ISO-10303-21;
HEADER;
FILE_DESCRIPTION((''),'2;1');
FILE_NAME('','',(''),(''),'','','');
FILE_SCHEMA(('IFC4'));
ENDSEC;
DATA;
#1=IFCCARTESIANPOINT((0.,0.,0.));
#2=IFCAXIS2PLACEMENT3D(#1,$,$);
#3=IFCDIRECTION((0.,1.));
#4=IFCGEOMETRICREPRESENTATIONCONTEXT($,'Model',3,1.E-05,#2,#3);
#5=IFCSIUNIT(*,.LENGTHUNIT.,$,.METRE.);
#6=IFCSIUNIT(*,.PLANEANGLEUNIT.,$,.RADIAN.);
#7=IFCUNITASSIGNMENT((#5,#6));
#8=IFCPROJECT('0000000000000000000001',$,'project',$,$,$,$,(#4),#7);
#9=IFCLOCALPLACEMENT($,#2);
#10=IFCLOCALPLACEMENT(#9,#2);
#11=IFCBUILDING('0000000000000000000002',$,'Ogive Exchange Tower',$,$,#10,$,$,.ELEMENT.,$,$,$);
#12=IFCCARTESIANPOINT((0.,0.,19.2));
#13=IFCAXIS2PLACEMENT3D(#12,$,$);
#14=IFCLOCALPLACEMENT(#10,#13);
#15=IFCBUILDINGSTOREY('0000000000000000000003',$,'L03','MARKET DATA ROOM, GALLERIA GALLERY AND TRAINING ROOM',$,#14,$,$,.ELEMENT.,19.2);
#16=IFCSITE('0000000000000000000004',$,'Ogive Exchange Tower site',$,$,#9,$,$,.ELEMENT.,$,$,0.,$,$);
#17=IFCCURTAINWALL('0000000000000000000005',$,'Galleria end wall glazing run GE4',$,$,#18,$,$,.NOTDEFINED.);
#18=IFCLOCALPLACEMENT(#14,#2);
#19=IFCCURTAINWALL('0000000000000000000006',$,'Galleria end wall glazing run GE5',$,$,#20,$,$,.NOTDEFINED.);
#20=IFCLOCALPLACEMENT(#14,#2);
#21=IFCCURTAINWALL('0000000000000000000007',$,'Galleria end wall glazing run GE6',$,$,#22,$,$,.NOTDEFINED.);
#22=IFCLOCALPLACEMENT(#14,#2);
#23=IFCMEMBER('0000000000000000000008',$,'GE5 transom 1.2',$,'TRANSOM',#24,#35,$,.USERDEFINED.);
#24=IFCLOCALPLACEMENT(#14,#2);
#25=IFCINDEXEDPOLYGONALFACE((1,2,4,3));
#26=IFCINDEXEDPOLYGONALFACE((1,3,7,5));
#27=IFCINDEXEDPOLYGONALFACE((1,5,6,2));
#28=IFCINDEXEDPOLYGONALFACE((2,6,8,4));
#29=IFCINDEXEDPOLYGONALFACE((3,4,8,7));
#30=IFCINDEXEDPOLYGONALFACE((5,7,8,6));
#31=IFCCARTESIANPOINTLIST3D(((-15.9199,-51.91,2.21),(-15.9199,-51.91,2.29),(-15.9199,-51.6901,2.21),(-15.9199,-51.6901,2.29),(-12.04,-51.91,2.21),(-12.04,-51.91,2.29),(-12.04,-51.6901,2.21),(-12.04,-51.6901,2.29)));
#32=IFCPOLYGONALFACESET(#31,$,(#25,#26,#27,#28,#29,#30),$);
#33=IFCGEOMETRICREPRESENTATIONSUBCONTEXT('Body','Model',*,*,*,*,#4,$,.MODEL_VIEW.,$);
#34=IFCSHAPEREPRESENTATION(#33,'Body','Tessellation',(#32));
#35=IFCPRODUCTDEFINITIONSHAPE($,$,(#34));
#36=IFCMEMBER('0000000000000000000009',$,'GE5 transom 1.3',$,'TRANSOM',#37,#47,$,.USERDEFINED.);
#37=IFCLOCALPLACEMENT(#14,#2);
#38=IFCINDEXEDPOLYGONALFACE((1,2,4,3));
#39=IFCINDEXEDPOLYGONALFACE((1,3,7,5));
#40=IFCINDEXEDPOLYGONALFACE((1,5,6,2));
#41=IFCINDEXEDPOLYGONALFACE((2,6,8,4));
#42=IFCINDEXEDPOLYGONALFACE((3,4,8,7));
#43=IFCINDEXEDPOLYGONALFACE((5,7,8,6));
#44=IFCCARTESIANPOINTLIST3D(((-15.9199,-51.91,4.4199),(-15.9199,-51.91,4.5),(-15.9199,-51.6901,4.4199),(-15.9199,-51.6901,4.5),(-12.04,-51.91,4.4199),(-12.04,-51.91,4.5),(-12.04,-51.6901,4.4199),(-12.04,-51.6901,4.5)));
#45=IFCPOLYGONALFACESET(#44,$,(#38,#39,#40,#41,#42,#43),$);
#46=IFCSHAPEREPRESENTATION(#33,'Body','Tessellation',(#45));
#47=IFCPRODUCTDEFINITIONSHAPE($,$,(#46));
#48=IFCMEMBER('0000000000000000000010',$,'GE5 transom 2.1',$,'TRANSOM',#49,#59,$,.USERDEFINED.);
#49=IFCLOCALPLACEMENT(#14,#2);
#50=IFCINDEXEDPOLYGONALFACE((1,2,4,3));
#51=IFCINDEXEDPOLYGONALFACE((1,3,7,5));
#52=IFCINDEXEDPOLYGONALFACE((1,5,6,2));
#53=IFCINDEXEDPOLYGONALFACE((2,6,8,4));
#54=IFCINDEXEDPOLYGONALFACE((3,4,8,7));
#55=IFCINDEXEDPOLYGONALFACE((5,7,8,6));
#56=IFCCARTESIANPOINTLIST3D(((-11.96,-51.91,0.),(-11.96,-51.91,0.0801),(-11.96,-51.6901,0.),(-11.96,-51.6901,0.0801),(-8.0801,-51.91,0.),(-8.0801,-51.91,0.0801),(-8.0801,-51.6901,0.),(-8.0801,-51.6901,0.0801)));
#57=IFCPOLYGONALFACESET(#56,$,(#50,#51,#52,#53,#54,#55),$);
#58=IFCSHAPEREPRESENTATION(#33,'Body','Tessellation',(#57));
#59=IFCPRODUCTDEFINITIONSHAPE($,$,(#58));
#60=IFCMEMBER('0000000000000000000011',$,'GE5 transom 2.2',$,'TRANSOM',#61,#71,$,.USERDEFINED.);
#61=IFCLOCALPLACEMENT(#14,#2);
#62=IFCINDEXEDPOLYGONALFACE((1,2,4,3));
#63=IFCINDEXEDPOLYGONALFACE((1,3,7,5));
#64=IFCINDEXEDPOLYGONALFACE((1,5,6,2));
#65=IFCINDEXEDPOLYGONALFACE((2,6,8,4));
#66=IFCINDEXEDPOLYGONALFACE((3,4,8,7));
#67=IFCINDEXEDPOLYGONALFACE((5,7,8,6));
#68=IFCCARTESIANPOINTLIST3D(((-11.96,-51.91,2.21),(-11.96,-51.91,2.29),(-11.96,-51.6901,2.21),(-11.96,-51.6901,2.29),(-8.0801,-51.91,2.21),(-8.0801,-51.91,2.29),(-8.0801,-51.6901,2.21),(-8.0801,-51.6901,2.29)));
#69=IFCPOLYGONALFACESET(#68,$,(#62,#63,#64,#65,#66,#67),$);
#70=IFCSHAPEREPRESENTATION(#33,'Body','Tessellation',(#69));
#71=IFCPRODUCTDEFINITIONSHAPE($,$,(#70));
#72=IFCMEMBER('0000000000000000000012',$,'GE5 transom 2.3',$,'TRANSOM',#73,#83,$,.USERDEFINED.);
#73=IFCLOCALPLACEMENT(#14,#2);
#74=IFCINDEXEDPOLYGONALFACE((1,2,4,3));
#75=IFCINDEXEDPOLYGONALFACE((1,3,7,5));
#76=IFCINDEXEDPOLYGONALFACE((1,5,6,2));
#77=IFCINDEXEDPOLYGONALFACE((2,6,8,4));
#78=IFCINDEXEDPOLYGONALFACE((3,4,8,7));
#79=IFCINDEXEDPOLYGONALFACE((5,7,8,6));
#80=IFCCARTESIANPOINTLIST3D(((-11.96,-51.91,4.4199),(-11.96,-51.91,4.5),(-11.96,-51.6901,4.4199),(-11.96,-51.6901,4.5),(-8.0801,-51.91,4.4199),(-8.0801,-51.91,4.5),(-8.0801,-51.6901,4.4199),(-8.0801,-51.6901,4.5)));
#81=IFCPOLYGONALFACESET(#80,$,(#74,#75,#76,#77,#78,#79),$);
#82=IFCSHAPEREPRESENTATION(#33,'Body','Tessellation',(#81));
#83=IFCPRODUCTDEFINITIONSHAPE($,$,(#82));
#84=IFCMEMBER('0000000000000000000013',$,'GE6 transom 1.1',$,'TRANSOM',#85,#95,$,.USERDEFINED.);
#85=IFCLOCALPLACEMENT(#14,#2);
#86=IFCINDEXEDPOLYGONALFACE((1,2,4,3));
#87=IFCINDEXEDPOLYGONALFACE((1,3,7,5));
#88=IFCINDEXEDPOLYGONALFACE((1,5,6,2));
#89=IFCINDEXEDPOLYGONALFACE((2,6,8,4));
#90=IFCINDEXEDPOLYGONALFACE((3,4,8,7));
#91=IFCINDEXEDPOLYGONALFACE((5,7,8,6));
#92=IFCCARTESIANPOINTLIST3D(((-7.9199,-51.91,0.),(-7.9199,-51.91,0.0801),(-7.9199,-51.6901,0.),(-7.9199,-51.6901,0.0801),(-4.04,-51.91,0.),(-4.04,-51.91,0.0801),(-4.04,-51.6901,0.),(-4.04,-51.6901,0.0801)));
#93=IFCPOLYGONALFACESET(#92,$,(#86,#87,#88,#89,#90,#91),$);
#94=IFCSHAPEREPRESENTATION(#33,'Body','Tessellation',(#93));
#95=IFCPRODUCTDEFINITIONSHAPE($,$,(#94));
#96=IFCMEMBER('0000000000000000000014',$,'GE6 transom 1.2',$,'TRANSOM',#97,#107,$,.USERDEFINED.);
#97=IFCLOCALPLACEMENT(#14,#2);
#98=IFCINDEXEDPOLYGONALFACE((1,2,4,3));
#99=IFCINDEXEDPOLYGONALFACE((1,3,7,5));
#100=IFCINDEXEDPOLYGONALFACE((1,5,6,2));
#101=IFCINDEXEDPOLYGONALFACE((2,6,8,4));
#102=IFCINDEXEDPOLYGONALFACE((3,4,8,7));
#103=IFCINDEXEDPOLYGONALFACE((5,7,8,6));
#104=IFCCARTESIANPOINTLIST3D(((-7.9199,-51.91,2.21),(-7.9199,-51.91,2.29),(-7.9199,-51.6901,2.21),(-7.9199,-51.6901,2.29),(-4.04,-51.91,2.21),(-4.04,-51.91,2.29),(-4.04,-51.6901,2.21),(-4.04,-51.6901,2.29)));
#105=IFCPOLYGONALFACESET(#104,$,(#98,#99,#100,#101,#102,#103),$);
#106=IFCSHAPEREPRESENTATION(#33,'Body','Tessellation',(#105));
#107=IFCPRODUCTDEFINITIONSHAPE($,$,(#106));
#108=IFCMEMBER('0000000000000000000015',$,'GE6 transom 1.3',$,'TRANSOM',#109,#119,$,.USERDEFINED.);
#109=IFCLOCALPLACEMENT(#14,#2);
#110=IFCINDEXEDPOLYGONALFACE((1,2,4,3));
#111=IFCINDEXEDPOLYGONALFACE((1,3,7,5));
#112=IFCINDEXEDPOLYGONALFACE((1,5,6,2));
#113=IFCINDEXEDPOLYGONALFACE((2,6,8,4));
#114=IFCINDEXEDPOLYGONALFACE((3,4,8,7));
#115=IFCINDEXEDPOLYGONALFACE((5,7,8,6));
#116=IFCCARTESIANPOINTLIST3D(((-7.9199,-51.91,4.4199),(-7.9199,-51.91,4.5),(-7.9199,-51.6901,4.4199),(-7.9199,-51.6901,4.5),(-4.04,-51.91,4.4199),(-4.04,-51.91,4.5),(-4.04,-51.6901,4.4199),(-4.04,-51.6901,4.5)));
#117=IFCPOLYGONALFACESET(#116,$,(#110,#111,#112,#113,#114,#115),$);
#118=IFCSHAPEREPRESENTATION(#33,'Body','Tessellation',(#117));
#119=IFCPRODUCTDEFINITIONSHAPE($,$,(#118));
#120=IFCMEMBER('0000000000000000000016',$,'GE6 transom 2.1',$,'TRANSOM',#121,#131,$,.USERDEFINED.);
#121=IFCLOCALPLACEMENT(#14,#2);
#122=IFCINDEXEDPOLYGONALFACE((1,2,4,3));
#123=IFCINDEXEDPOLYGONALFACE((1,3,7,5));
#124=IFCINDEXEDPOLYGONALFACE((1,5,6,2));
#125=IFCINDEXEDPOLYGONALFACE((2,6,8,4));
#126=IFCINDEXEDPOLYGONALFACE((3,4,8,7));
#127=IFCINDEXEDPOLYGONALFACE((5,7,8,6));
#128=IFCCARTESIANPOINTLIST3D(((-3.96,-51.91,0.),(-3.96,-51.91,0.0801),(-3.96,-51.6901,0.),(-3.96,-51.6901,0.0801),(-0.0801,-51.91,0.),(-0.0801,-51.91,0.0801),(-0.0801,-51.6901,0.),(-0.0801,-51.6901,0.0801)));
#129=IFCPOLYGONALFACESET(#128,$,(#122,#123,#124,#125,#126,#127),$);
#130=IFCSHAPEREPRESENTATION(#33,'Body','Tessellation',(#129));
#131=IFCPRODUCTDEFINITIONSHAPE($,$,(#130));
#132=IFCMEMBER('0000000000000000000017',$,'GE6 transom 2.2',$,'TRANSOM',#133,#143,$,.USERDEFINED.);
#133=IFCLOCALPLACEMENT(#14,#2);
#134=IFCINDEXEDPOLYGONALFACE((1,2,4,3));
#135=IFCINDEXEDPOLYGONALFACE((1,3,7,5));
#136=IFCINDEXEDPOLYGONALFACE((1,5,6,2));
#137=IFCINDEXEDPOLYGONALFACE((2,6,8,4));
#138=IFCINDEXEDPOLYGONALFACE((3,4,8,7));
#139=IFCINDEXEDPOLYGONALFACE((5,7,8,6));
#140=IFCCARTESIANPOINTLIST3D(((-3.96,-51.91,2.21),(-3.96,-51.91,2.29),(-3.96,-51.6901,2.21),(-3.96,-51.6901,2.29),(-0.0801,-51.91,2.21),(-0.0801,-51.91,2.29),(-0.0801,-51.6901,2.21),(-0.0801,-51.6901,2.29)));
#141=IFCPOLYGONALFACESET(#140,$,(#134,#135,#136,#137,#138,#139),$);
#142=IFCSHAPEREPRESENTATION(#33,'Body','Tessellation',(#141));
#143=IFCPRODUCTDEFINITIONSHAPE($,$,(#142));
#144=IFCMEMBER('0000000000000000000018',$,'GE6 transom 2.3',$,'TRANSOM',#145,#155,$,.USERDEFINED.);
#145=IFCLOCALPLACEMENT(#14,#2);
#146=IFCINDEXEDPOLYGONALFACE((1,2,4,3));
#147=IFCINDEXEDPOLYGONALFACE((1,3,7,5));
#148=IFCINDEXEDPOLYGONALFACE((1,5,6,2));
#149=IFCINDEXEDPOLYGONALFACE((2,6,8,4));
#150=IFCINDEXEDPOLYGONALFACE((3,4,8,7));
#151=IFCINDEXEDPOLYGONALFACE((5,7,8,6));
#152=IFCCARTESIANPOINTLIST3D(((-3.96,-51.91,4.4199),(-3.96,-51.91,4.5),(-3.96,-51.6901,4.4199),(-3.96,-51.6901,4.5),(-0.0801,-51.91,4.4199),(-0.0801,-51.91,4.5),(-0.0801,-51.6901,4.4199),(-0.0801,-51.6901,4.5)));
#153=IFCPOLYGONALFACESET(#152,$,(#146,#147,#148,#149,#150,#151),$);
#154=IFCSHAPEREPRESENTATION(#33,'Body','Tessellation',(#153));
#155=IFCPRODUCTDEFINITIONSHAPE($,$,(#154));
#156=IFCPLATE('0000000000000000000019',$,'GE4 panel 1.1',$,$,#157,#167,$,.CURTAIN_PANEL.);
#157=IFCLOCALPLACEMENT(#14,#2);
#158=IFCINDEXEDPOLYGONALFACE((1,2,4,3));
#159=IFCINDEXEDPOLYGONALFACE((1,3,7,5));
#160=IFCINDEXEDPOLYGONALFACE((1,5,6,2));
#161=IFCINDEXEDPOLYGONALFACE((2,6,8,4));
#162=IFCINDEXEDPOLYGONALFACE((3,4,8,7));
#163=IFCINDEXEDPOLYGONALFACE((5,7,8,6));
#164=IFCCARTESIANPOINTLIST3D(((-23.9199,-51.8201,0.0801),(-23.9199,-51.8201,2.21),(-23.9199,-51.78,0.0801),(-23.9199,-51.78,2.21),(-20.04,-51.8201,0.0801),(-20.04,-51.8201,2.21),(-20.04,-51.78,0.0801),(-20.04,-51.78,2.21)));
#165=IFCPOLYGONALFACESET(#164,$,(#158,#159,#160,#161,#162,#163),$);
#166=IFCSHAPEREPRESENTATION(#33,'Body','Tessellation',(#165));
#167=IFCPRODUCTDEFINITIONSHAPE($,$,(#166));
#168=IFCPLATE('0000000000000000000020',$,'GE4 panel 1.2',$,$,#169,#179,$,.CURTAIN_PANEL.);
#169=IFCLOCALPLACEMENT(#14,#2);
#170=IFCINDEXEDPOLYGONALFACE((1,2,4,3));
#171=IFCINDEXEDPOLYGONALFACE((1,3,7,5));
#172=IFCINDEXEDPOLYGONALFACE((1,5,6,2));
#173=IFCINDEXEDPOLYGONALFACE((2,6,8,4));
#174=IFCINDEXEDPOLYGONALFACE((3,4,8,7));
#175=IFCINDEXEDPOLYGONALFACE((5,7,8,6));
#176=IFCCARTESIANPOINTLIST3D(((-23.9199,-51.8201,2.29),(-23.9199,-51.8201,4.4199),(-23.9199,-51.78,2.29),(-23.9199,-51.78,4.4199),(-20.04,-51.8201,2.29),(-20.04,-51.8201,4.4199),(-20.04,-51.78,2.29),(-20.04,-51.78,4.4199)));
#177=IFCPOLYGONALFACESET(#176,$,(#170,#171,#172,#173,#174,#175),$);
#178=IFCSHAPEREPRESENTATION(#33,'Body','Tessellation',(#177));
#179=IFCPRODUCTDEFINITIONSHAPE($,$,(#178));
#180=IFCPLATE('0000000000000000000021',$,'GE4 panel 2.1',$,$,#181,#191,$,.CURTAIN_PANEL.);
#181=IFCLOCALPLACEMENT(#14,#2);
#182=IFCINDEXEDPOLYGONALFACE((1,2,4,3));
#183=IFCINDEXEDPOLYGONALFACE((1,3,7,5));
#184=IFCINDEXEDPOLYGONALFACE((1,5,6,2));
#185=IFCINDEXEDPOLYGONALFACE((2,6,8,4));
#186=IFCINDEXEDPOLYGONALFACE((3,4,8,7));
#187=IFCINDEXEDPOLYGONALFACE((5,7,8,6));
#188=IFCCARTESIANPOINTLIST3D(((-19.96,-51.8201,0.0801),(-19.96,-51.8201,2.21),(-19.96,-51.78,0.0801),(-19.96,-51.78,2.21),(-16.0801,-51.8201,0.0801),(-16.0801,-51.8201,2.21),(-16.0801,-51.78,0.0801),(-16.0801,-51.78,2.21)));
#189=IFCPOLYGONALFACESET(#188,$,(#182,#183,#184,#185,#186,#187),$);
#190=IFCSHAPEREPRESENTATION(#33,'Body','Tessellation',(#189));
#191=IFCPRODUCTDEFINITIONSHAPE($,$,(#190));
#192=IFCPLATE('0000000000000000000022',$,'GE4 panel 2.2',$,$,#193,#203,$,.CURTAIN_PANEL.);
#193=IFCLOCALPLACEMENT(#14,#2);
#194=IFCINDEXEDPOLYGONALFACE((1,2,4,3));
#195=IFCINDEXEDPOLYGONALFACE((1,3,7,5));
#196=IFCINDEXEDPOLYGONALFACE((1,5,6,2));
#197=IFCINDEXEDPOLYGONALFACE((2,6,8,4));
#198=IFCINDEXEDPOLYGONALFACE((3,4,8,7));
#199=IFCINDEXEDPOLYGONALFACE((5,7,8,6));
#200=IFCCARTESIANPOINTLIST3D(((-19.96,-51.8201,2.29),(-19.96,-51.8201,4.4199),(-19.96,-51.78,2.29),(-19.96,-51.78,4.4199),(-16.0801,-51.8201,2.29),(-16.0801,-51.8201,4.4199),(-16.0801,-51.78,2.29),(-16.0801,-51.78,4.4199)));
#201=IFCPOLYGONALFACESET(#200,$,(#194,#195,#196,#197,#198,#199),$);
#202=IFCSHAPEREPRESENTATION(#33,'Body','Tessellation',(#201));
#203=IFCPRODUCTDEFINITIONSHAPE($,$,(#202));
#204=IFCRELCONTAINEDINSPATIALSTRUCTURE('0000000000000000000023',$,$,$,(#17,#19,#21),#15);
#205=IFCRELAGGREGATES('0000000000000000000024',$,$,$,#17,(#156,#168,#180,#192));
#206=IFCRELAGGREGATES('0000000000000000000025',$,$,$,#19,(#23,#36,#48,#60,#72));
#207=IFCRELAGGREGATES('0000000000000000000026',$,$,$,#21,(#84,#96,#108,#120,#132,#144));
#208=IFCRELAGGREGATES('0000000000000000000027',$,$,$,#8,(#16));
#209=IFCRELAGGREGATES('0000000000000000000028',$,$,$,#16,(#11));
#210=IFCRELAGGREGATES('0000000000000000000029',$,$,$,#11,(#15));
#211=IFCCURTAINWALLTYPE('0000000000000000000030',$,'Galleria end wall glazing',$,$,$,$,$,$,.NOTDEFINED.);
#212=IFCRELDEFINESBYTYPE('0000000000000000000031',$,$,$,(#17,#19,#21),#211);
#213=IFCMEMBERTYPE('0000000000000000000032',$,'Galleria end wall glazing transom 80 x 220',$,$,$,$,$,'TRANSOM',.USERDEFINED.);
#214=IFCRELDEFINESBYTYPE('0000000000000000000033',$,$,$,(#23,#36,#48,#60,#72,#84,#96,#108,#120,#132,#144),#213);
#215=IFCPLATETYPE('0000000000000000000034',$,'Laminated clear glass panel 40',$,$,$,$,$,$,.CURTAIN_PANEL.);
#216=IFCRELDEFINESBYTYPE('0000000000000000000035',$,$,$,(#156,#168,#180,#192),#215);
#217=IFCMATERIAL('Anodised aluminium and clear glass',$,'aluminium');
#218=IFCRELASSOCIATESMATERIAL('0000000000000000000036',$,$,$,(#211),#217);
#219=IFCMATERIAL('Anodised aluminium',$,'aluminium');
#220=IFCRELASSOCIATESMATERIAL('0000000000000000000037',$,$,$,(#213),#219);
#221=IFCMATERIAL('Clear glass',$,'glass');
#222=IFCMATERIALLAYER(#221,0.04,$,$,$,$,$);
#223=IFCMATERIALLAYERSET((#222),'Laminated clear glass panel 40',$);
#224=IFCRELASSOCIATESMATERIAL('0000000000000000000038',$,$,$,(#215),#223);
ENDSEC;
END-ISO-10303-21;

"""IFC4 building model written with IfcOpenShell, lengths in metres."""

from ifc_helpers import new_model, si_unit, direction, frame, origin, origin_2d, place, context, subcontext, project, spatial, rectangle, extrude, material, layer, layer_set, material_profile, profile_set, type_object, element, aggregate, save


model = new_model("IFC4")

# Units and contexts
model_context = context("Model", 3, precision=1e-05, world=origin(), true_north=direction((0.0, 1.0)))
body_context = subcontext(model_context, "Body", "Model", "MODEL_VIEW")
ifc_project = project(units=[si_unit("LENGTHUNIT", "METRE"), si_unit("PLANEANGLEUNIT", "RADIAN")], contexts=[model_context])

# Site, building, storey
site_placement = place(None, origin())
site = spatial("IfcSite", under=ifc_project, at=site_placement, Name="Ogive Exchange Tower site", CompositionType="ELEMENT", RefElevation=0.0)
building_placement = place(site_placement, origin())
building = spatial("IfcBuilding", under=site, at=building_placement, Name="Ogive Exchange Tower", CompositionType="ELEMENT")
storey_placement = place(building_placement, frame((0.0, 0.0, 19.2)))
storey = spatial("IfcBuildingStorey", under=building, at=storey_placement, Name="L03", Description="MARKET DATA ROOM, GALLERIA GALLERY AND TRAINING ROOM", CompositionType="ELEMENT", Elevation=19.2)

# Curtain walls
ifc_material_1 = material(Name="Anodised aluminium and clear glass", Category="aluminium")
curtain_wall_type = type_object("IfcCurtainWallType", Name="Galleria end wall glazing", PredefinedType="NOTDEFINED", material=ifc_material_1)
curtain_wall_1_placement = place(storey_placement, origin())
curtain_wall_1 = element("IfcCurtainWall", 1, at=curtain_wall_1_placement, inside=storey, type_object=curtain_wall_type, Name="Galleria end wall glazing run GE4", PredefinedType="NOTDEFINED")
ifc_material_2 = material(Name="Anodised aluminium", Category="aluminium")
curtain_wall_2_placement = place(storey_placement, origin())
curtain_wall_2 = element("IfcCurtainWall", 2, at=curtain_wall_2_placement, inside=storey, type_object=curtain_wall_type, Name="Galleria end wall glazing run GE5", PredefinedType="NOTDEFINED")
curtain_wall_3_placement = place(storey_placement, origin())
curtain_wall_3 = element("IfcCurtainWall", 3, at=curtain_wall_3_placement, inside=storey, type_object=curtain_wall_type, Name="Galleria end wall glazing run GE6", PredefinedType="NOTDEFINED")

# Members
ifc_material_profile_1 = material_profile(ifc_material_2, rectangle(XDim=0.22, YDim=0.0801, at=origin_2d()), Name="AL 80x220")
ifc_profile_set_1 = profile_set([ifc_material_profile_1], Name="Anodised aluminium")
member_type_1 = type_object("IfcMemberType", Name="Galleria end wall glazing transom 80 x 220", ElementType="TRANSOM", PredefinedType="USERDEFINED", material=ifc_profile_set_1)
member_1_placement = place(storey_placement, frame((-15.9199, -51.8, 2.25), z_axis=(1.0, 0.0, 0.0), x_axis=(0.0, 1.0, 0.0)))
member_1 = element("IfcMember", 4, at=member_1_placement, type_object=member_type_1, Name="GE5 transom 1.2", ObjectType="TRANSOM", PredefinedType="USERDEFINED", context=body_context, shape_type="SweptSolid", body=[
    extrude(rectangle(XDim=0.22, YDim=0.0801, at=origin_2d()), origin(), (0.0, 0.0, 1.0), 3.8799),
])
member_2_placement = place(storey_placement, frame((-15.9199, -51.8, 4.46), z_axis=(1.0, 0.0, 0.0), x_axis=(0.0, 1.0, 0.0)))
member_2 = element("IfcMember", 5, at=member_2_placement, type_object=member_type_1, Name="GE5 transom 1.3", ObjectType="TRANSOM", PredefinedType="USERDEFINED", context=body_context, shape_type="SweptSolid", body=[
    extrude(rectangle(XDim=0.22, YDim=0.0801, at=origin_2d()), origin(), (0.0, 0.0, 1.0), 3.8799),
])
member_3_placement = place(storey_placement, frame((-11.96, -51.8, 0.04), z_axis=(1.0, 0.0, 0.0), x_axis=(0.0, 1.0, 0.0)))
member_3 = element("IfcMember", 6, at=member_3_placement, type_object=member_type_1, Name="GE5 transom 2.1", ObjectType="TRANSOM", PredefinedType="USERDEFINED", context=body_context, shape_type="SweptSolid", body=[
    extrude(rectangle(XDim=0.22, YDim=0.0801, at=origin_2d()), origin(), (0.0, 0.0, 1.0), 3.8799),
])
member_4_placement = place(storey_placement, frame((-11.96, -51.8, 2.25), z_axis=(1.0, 0.0, 0.0), x_axis=(0.0, 1.0, 0.0)))
member_4 = element("IfcMember", 7, at=member_4_placement, type_object=member_type_1, Name="GE5 transom 2.2", ObjectType="TRANSOM", PredefinedType="USERDEFINED", context=body_context, shape_type="SweptSolid", body=[
    extrude(rectangle(XDim=0.22, YDim=0.0801, at=origin_2d()), origin(), (0.0, 0.0, 1.0), 3.8799),
])
member_5_placement = place(storey_placement, frame((-11.96, -51.8, 4.46), z_axis=(1.0, 0.0, 0.0), x_axis=(0.0, 1.0, 0.0)))
member_5 = element("IfcMember", 8, at=member_5_placement, type_object=member_type_1, Name="GE5 transom 2.3", ObjectType="TRANSOM", PredefinedType="USERDEFINED", context=body_context, shape_type="SweptSolid", body=[
    extrude(rectangle(XDim=0.22, YDim=0.0801, at=origin_2d()), origin(), (0.0, 0.0, 1.0), 3.8799),
])
member_6_placement = place(storey_placement, frame((-7.9199, -51.8, 0.04), z_axis=(1.0, 0.0, 0.0), x_axis=(0.0, 1.0, 0.0)))
member_6 = element("IfcMember", 9, at=member_6_placement, type_object=member_type_1, Name="GE6 transom 1.1", ObjectType="TRANSOM", PredefinedType="USERDEFINED", context=body_context, shape_type="SweptSolid", body=[
    extrude(rectangle(XDim=0.22, YDim=0.0801, at=origin_2d()), origin(), (0.0, 0.0, 1.0), 3.8799),
])
member_7_placement = place(storey_placement, frame((-7.9199, -51.8, 2.25), z_axis=(1.0, 0.0, 0.0), x_axis=(0.0, 1.0, 0.0)))
member_7 = element("IfcMember", 10, at=member_7_placement, type_object=member_type_1, Name="GE6 transom 1.2", ObjectType="TRANSOM", PredefinedType="USERDEFINED", context=body_context, shape_type="SweptSolid", body=[
    extrude(rectangle(XDim=0.22, YDim=0.0801, at=origin_2d()), origin(), (0.0, 0.0, 1.0), 3.8799),
])
member_8_placement = place(storey_placement, frame((-7.9199, -51.8, 4.46), z_axis=(1.0, 0.0, 0.0), x_axis=(0.0, 1.0, 0.0)))
member_8 = element("IfcMember", 11, at=member_8_placement, type_object=member_type_1, Name="GE6 transom 1.3", ObjectType="TRANSOM", PredefinedType="USERDEFINED", context=body_context, shape_type="SweptSolid", body=[
    extrude(rectangle(XDim=0.22, YDim=0.0801, at=origin_2d()), origin(), (0.0, 0.0, 1.0), 3.8799),
])
member_9_placement = place(storey_placement, frame((-3.96, -51.8, 0.04), z_axis=(1.0, 0.0, 0.0), x_axis=(0.0, 1.0, 0.0)))
member_9 = element("IfcMember", 12, at=member_9_placement, type_object=member_type_1, Name="GE6 transom 2.1", ObjectType="TRANSOM", PredefinedType="USERDEFINED", context=body_context, shape_type="SweptSolid", body=[
    extrude(rectangle(XDim=0.22, YDim=0.0801, at=origin_2d()), origin(), (0.0, 0.0, 1.0), 3.8799),
])
member_10_placement = place(storey_placement, frame((-3.96, -51.8, 2.25), z_axis=(1.0, 0.0, 0.0), x_axis=(0.0, 1.0, 0.0)))
member_10 = element("IfcMember", 13, at=member_10_placement, type_object=member_type_1, Name="GE6 transom 2.2", ObjectType="TRANSOM", PredefinedType="USERDEFINED", context=body_context, shape_type="SweptSolid", body=[
    extrude(rectangle(XDim=0.22, YDim=0.0801, at=origin_2d()), origin(), (0.0, 0.0, 1.0), 3.8799),
])
member_11_placement = place(storey_placement, frame((-3.96, -51.8, 4.46), z_axis=(1.0, 0.0, 0.0), x_axis=(0.0, 1.0, 0.0)))
member_11 = element("IfcMember", 14, at=member_11_placement, type_object=member_type_1, Name="GE6 transom 2.3", ObjectType="TRANSOM", PredefinedType="USERDEFINED", context=body_context, shape_type="SweptSolid", body=[
    extrude(rectangle(XDim=0.22, YDim=0.0801, at=origin_2d()), origin(), (0.0, 0.0, 1.0), 3.8799),
])

# Plates
ifc_material_3 = material(Name="Clear glass", Category="glass")
ifc_layer = layer(ifc_material_3, 0.04)
ifc_layer_set = layer_set([ifc_layer], Name="Laminated clear glass panel 40")
plate_type = type_object("IfcPlateType", Name="Laminated clear glass panel 40", PredefinedType="CURTAIN_PANEL", material=ifc_layer_set)
plate_1_placement = place(storey_placement, frame((-21.98, -51.8, 0.0801), z_axis=(0.0, 0.0, 1.0), x_axis=(1.0, 0.0, 0.0)))
plate_1 = element("IfcPlate", 15, at=plate_1_placement, type_object=plate_type, Name="GE4 panel 1.1", PredefinedType="CURTAIN_PANEL", context=body_context, shape_type="SweptSolid", body=[
    extrude(rectangle(XDim=3.8799, YDim=0.04, at=origin_2d()), origin(), (0.0, 0.0, 1.0), 2.1299),
])
plate_2_placement = place(storey_placement, frame((-21.98, -51.8, 2.29), z_axis=(0.0, 0.0, 1.0), x_axis=(1.0, 0.0, 0.0)))
plate_2 = element("IfcPlate", 16, at=plate_2_placement, type_object=plate_type, Name="GE4 panel 1.2", PredefinedType="CURTAIN_PANEL", context=body_context, shape_type="SweptSolid", body=[
    extrude(rectangle(XDim=3.8799, YDim=0.04, at=origin_2d()), origin(), (0.0, 0.0, 1.0), 2.1299),
])
plate_3_placement = place(storey_placement, frame((-18.02, -51.8, 0.0801), z_axis=(0.0, 0.0, 1.0), x_axis=(1.0, 0.0, 0.0)))
plate_3 = element("IfcPlate", 17, at=plate_3_placement, type_object=plate_type, Name="GE4 panel 2.1", PredefinedType="CURTAIN_PANEL", context=body_context, shape_type="SweptSolid", body=[
    extrude(rectangle(XDim=3.8799, YDim=0.04, at=origin_2d()), origin(), (0.0, 0.0, 1.0), 2.1299),
])
plate_4_placement = place(storey_placement, frame((-18.02, -51.8, 2.29), z_axis=(0.0, 0.0, 1.0), x_axis=(1.0, 0.0, 0.0)))
plate_4 = element("IfcPlate", 18, at=plate_4_placement, type_object=plate_type, Name="GE4 panel 2.2", PredefinedType="CURTAIN_PANEL", context=body_context, shape_type="SweptSolid", body=[
    extrude(rectangle(XDim=3.8799, YDim=0.04, at=origin_2d()), origin(), (0.0, 0.0, 1.0), 2.1299),
])
aggregate(curtain_wall_1, [plate_1, plate_2, plate_3, plate_4])
aggregate(curtain_wall_2, [member_1, member_2, member_3, member_4, member_5])
aggregate(curtain_wall_3, [member_6, member_7, member_8, member_9, member_10, member_11])

save(model, "model.ifc")
